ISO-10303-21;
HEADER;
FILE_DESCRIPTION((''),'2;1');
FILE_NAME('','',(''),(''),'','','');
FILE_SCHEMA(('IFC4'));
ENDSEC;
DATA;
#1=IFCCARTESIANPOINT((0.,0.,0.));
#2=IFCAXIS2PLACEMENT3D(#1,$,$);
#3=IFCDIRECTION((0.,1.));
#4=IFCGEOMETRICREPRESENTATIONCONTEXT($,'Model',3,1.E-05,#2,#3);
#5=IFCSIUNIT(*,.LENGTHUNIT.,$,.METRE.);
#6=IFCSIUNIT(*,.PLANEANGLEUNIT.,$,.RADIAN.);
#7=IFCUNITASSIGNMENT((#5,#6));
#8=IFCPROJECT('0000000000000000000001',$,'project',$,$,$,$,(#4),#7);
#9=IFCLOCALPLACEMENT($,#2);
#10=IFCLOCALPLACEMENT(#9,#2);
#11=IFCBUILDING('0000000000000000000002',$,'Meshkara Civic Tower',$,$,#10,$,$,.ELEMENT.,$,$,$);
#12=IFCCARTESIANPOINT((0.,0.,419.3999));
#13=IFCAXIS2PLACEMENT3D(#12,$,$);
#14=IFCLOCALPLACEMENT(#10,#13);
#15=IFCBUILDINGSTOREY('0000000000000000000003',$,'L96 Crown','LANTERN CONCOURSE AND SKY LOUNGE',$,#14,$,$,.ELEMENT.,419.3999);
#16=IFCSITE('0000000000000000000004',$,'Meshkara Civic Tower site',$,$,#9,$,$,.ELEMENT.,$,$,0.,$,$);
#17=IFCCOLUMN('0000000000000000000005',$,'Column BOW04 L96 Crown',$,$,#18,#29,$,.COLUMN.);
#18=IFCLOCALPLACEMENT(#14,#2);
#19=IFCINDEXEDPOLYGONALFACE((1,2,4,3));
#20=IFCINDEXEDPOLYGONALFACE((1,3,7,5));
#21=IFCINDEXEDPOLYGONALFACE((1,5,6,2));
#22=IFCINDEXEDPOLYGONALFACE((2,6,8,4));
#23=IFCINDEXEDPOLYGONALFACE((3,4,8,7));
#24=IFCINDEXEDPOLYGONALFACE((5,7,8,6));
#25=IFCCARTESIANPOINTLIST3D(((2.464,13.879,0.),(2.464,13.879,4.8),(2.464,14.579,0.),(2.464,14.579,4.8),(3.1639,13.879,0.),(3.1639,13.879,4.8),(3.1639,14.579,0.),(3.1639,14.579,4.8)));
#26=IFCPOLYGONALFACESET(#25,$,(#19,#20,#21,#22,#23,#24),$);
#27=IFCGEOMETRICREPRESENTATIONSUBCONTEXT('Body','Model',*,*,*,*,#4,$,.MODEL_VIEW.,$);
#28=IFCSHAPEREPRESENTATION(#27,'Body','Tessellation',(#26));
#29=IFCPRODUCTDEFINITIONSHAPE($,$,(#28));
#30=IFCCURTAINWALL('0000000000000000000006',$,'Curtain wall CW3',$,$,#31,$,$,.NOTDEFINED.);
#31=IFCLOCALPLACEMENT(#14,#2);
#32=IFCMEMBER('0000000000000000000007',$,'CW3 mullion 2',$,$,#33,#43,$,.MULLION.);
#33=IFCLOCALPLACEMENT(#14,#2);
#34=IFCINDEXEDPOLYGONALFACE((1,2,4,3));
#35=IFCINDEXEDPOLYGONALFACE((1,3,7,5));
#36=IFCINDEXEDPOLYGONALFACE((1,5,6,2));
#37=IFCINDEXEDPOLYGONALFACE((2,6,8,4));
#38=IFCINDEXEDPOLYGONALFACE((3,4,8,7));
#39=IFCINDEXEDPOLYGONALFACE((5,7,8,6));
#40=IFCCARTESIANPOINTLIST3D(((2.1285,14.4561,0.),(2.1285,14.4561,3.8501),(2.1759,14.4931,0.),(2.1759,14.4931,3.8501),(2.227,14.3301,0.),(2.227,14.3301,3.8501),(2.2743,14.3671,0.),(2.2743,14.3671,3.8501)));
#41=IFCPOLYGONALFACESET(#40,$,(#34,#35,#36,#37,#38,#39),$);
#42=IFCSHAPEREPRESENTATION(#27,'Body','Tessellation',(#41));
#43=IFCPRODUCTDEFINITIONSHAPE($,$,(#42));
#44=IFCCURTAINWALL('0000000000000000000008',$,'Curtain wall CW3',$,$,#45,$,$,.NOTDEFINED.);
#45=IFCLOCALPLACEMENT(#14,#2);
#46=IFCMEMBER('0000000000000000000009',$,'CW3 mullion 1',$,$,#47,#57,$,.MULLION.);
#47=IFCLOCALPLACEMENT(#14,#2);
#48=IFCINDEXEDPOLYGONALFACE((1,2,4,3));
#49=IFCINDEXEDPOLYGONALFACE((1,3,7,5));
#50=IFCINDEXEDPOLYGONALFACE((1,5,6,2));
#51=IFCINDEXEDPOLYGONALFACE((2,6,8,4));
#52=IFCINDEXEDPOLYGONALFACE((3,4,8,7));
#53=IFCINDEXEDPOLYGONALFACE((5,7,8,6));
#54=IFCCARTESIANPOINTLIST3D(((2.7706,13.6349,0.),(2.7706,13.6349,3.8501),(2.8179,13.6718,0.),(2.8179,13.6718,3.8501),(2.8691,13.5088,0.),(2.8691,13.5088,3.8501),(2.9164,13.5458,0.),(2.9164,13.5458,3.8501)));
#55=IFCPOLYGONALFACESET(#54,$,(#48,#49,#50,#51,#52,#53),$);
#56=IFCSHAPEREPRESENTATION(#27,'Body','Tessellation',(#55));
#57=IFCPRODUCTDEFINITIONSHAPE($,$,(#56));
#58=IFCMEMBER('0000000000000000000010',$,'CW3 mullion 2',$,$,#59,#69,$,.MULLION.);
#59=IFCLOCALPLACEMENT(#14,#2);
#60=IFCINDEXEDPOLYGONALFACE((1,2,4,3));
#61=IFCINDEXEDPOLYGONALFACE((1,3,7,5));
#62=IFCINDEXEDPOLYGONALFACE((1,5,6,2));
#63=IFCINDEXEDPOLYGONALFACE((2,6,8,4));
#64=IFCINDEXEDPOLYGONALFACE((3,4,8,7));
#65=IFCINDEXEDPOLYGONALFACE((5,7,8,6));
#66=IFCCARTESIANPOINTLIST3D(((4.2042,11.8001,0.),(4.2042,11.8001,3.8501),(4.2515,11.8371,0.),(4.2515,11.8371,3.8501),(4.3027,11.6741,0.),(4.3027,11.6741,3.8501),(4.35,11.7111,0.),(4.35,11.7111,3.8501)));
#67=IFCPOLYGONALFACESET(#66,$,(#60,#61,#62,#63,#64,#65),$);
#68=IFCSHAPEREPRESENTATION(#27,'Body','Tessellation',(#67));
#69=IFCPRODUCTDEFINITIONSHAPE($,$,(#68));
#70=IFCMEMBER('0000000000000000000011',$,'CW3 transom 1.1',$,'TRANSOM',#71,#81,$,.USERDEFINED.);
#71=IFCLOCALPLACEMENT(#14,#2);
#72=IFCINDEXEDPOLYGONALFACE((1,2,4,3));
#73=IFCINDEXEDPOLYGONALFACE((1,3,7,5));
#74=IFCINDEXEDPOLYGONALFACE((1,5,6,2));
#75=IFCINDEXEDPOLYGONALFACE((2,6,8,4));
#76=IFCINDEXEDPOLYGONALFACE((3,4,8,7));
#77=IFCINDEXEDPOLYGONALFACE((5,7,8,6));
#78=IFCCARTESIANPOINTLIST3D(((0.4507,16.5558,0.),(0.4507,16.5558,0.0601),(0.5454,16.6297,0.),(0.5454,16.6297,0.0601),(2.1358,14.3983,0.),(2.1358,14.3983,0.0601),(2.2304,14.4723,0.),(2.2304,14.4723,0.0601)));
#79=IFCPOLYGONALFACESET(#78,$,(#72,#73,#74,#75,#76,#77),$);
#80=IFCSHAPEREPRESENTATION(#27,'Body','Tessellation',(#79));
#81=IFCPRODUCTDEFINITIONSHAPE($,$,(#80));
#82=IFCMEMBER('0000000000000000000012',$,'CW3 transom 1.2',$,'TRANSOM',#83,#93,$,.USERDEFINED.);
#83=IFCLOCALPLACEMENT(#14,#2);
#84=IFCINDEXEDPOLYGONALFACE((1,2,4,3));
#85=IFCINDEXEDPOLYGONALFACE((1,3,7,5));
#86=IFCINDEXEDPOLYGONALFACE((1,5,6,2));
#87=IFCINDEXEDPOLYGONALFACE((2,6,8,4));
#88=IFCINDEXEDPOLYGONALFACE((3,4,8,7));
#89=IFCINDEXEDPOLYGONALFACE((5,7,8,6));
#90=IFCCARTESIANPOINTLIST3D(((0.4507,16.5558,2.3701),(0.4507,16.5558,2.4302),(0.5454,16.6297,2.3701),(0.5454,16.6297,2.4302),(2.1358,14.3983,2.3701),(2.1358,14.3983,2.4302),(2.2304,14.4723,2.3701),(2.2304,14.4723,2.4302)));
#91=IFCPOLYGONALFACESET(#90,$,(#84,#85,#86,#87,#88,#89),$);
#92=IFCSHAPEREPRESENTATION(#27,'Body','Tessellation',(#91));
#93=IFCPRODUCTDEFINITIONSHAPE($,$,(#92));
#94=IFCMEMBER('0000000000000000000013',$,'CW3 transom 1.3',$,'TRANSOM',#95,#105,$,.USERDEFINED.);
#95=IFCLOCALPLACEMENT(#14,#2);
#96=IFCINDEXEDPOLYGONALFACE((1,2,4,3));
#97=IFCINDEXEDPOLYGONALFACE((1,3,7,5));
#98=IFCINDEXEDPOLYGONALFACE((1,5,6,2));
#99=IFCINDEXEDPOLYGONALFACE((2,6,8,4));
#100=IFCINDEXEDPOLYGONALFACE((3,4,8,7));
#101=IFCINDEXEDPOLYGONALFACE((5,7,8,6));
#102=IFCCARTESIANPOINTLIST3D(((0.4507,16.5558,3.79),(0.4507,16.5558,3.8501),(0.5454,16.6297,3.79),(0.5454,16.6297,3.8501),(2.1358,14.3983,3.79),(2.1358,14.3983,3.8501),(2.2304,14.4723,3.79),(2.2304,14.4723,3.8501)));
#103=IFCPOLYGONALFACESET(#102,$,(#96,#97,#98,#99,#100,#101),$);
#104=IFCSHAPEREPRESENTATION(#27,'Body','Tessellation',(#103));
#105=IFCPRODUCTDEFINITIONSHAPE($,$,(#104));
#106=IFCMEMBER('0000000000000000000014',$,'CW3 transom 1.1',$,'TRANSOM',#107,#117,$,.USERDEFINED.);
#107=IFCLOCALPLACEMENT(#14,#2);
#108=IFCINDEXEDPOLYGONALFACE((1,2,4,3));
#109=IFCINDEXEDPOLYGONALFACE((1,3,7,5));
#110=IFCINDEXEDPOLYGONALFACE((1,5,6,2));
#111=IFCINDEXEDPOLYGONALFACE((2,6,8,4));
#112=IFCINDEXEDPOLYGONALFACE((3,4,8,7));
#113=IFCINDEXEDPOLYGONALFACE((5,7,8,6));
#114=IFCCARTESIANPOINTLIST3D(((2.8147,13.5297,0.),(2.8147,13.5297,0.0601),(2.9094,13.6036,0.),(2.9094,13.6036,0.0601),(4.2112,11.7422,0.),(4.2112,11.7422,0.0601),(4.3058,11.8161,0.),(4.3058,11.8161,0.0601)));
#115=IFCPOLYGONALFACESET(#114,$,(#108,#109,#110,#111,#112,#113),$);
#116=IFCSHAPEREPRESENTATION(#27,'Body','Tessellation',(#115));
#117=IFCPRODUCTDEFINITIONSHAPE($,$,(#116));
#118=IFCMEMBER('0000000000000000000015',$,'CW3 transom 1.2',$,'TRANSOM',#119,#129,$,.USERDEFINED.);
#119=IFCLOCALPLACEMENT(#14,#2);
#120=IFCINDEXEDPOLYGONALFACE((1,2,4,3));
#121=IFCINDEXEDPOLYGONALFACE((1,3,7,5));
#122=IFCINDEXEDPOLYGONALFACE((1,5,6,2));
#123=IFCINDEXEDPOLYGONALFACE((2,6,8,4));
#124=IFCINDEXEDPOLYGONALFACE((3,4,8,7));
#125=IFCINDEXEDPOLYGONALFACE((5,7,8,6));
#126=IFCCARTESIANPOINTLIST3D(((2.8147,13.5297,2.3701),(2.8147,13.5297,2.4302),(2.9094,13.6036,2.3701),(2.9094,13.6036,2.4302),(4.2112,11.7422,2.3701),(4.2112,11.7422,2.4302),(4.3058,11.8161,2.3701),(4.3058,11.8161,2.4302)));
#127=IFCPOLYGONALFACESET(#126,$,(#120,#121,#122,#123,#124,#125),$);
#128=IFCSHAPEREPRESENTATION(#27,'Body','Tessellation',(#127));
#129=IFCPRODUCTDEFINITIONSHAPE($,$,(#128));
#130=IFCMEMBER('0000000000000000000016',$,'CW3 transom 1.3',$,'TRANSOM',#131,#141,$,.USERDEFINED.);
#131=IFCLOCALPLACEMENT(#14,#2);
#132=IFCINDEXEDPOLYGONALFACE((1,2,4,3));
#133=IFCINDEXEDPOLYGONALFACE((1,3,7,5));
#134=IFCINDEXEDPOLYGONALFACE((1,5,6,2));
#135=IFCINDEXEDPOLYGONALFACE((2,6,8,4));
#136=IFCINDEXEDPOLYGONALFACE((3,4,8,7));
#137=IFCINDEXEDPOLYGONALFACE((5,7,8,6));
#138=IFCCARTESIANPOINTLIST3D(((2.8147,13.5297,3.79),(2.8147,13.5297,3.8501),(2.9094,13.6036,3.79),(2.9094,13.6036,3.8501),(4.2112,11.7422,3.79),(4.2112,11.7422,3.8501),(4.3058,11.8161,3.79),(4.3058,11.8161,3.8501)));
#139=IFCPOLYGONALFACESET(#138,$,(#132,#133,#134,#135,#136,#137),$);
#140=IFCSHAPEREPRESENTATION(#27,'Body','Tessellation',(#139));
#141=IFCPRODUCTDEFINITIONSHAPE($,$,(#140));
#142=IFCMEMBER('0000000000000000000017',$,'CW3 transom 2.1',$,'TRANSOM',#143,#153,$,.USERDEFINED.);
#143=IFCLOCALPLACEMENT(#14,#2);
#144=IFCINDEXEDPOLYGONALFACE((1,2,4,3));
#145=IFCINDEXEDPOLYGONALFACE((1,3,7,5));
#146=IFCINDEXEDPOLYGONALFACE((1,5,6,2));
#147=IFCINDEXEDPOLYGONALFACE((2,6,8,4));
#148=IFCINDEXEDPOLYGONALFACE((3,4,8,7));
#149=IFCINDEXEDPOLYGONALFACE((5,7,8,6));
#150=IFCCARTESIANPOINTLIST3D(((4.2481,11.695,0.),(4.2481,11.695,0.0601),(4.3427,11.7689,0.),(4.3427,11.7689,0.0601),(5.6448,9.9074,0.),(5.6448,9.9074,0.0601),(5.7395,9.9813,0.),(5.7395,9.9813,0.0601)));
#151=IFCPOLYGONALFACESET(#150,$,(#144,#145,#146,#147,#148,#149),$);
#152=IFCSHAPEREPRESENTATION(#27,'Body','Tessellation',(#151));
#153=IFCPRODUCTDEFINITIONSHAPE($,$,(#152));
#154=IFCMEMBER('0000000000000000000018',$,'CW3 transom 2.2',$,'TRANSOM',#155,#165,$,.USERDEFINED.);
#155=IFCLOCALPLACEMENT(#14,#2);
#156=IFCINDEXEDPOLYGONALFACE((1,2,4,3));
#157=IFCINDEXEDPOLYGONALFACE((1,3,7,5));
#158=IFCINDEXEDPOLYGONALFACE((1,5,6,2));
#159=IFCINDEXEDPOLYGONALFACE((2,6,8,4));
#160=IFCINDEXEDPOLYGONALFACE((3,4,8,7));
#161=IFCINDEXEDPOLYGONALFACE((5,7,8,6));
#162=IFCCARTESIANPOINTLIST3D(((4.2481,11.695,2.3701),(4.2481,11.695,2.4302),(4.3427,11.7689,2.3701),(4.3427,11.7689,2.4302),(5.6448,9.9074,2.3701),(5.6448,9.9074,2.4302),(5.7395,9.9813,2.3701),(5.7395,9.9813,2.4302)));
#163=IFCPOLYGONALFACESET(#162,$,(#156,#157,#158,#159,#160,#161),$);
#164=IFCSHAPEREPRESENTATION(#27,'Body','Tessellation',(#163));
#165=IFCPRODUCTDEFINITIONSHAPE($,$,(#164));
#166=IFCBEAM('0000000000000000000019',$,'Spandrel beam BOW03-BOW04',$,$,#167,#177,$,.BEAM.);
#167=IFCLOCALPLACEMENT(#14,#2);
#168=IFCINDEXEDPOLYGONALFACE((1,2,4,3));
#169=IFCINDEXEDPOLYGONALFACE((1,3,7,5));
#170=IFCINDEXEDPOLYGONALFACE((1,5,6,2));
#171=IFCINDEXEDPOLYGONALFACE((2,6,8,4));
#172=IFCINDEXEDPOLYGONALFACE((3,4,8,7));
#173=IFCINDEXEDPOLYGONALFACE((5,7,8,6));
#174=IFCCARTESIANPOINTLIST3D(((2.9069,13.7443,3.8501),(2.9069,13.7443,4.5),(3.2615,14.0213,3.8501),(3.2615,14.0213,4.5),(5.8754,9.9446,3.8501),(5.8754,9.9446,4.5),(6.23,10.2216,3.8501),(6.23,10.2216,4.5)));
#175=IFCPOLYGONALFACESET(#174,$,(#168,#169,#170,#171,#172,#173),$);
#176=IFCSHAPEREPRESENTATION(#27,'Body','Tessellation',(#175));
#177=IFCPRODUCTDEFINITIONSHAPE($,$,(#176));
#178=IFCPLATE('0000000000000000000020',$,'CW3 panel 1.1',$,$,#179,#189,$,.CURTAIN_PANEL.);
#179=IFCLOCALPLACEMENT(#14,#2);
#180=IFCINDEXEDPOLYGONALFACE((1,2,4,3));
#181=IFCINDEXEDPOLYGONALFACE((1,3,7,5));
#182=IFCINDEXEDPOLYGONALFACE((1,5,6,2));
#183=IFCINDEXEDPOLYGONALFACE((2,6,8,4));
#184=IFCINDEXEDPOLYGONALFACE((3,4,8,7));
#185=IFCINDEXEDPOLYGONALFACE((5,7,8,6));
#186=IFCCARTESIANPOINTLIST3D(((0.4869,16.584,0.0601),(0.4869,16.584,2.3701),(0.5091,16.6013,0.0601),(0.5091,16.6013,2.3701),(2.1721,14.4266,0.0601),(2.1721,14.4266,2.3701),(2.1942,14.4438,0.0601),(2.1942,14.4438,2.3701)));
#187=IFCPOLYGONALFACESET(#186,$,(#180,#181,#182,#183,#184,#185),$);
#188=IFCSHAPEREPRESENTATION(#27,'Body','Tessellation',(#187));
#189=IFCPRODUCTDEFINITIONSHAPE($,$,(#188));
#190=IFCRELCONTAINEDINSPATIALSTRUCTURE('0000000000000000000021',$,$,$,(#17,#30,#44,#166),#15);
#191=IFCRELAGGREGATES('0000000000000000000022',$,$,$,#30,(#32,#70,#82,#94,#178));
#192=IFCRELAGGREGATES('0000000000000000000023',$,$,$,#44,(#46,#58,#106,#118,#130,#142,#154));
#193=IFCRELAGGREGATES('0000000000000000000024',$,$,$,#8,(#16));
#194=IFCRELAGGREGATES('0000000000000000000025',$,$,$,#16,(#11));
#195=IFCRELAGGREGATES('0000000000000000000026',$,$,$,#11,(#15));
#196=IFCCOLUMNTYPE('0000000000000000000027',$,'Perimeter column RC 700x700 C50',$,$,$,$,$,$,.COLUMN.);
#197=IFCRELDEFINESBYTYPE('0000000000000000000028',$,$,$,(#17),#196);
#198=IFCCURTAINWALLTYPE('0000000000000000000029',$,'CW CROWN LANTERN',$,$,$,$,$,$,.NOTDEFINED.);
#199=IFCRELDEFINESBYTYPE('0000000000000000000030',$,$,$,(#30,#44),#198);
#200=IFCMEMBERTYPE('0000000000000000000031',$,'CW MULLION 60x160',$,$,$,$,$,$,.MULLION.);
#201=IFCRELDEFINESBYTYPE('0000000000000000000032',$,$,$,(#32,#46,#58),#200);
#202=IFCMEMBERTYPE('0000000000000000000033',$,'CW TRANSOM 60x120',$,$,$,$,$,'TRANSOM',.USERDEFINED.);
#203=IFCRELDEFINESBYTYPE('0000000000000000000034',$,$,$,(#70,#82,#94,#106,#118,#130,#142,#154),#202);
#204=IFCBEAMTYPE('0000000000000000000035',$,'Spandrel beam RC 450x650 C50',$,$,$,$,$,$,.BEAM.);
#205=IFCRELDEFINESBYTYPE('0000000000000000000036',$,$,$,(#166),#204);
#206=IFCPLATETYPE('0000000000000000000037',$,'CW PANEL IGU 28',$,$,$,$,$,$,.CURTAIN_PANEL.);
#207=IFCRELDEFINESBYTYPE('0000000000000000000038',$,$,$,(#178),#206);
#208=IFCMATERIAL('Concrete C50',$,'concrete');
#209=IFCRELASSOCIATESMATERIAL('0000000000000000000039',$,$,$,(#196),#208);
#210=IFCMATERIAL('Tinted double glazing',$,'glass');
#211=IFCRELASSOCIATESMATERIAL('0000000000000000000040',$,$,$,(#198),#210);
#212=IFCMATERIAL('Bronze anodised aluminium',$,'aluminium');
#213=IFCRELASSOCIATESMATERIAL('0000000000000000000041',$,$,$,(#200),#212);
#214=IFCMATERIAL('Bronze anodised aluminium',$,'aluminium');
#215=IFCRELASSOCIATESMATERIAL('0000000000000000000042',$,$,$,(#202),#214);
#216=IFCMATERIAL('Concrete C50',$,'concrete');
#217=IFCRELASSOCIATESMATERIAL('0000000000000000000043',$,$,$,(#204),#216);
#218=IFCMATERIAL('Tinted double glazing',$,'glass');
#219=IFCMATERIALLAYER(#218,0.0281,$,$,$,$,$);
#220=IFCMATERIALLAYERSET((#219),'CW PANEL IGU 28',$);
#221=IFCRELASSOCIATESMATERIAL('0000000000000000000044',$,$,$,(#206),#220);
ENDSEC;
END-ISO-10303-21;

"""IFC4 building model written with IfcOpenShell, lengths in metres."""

from ifc_helpers import new_model, si_unit, direction, frame, origin, origin_2d, place, context, subcontext, project, spatial, rectangle, extrude, material, layer, layer_set, material_profile, profile_set, type_object, element, aggregate, save


model = new_model("IFC4")

# Units and contexts
model_context = context("Model", 3, precision=1e-05, world=origin(), true_north=direction((0.0, 1.0)))
body_context = subcontext(model_context, "Body", "Model", "MODEL_VIEW")
ifc_project = project(units=[si_unit("LENGTHUNIT", "METRE"), si_unit("PLANEANGLEUNIT", "RADIAN")], contexts=[model_context])

# Site, building, storey
site_placement = place(None, origin())
site = spatial("IfcSite", under=ifc_project, at=site_placement, Name="Meshkara Civic Tower site", CompositionType="ELEMENT", RefElevation=0.0)
building_placement = place(site_placement, origin())
building = spatial("IfcBuilding", under=site, at=building_placement, Name="Meshkara Civic Tower", CompositionType="ELEMENT")
storey_placement = place(building_placement, frame((0.0, 0.0, 419.3999)))
storey = spatial("IfcBuildingStorey", under=building, at=storey_placement, Name="L96 Crown", Description="LANTERN CONCOURSE AND SKY LOUNGE", CompositionType="ELEMENT", Elevation=419.3999)

# Column
ifc_material_1 = material(Name="Concrete C50", Category="concrete")
ifc_material_profile_1 = material_profile(ifc_material_1, rectangle(XDim=0.7, YDim=0.7, at=origin_2d()))
ifc_profile_set_1 = profile_set([ifc_material_profile_1], Name="Concrete C50")
column_type = type_object("IfcColumnType", Name="Perimeter column RC 700x700 C50", PredefinedType="COLUMN", material=ifc_profile_set_1)
column_placement = place(storey_placement, frame((2.814, 14.229, 0.0), z_axis=(0.0, 0.0, 1.0), x_axis=(1.0, 0.0, 0.0)))
element("IfcColumn", 1, at=column_placement, inside=storey, type_object=column_type, Name="Column BOW04 L96 Crown", PredefinedType="COLUMN", context=body_context, shape_type="SweptSolid", body=[
    extrude(rectangle(XDim=0.7, YDim=0.7, at=origin_2d()), origin(), (0.0, 0.0, 1.0), 4.8),
])

# Curtain wall, member
ifc_material_2 = material(Name="Tinted double glazing", Category="glass")
curtain_wall_type = type_object("IfcCurtainWallType", Name="CW CROWN LANTERN", PredefinedType="NOTDEFINED", material=ifc_material_2)
curtain_wall_1_placement = place(storey_placement, origin())
curtain_wall_1 = element("IfcCurtainWall", 2, at=curtain_wall_1_placement, inside=storey, type_object=curtain_wall_type, Name="Curtain wall CW3", PredefinedType="NOTDEFINED")
ifc_material_3 = material(Name="Bronze anodised aluminium", Category="aluminium")
ifc_material_profile_2 = material_profile(ifc_material_3, rectangle(XDim=0.0601, YDim=0.1599, at=origin_2d()))
ifc_profile_set_2 = profile_set([ifc_material_profile_2], Name="Bronze anodised aluminium")
member_type_1 = type_object("IfcMemberType", Name="CW MULLION 60x160", PredefinedType="MULLION", material=ifc_profile_set_2)
member_1_placement = place(storey_placement, frame((2.2014, 14.4116, 0.0), z_axis=(0.0, 0.0, 1.0), x_axis=(0.788088, 0.615563, 0.0)))
member_1 = element("IfcMember", 3, at=member_1_placement, type_object=member_type_1, Name="CW3 mullion 2", PredefinedType="MULLION", context=body_context, shape_type="SweptSolid", body=[
    extrude(rectangle(XDim=0.0601, YDim=0.1599, at=origin_2d()), origin(), (0.0, 0.0, 1.0), 3.8501),
])

# Curtain wall, members
curtain_wall_2_placement = place(storey_placement, origin())
curtain_wall_2 = element("IfcCurtainWall", 4, at=curtain_wall_2_placement, inside=storey, type_object=curtain_wall_type, Name="Curtain wall CW3", PredefinedType="NOTDEFINED")
member_2_placement = place(storey_placement, frame((2.8435, 13.5903, 0.0), z_axis=(0.0, 0.0, 1.0), x_axis=(0.788015, 0.615656, 0.0)))
member_2 = element("IfcMember", 5, at=member_2_placement, type_object=member_type_1, Name="CW3 mullion 1", PredefinedType="MULLION", context=body_context, shape_type="SweptSolid", body=[
    extrude(rectangle(XDim=0.0601, YDim=0.1599, at=origin_2d()), origin(), (0.0, 0.0, 1.0), 3.8501),
])
member_3_placement = place(storey_placement, frame((4.2771, 11.7556, 0.0), z_axis=(0.0, 0.0, 1.0), x_axis=(0.788015, 0.615656, 0.0)))
member_3 = element("IfcMember", 6, at=member_3_placement, type_object=member_type_1, Name="CW3 mullion 2", PredefinedType="MULLION", context=body_context, shape_type="SweptSolid", body=[
    extrude(rectangle(XDim=0.0601, YDim=0.1599, at=origin_2d()), origin(), (0.0, 0.0, 1.0), 3.8501),
])

# Members
ifc_material_4 = material(Name="Bronze anodised aluminium", Category="aluminium")
ifc_material_profile_3 = material_profile(ifc_material_4, rectangle(XDim=0.1201, YDim=0.0601, at=origin_2d()))
ifc_profile_set_3 = profile_set([ifc_material_profile_3], Name="Bronze anodised aluminium")
member_type_2 = type_object("IfcMemberType", Name="CW TRANSOM 60x120", ElementType="TRANSOM", PredefinedType="USERDEFINED", material=ifc_profile_set_3)
member_4_placement = place(storey_placement, frame((0.498, 16.5928, 0.03), z_axis=(0.615538, -0.788107, 0.0), x_axis=(0.788107, 0.615538, 0.0)))
member_4 = element("IfcMember", 7, at=member_4_placement, type_object=member_type_2, Name="CW3 transom 1.1", ObjectType="TRANSOM", PredefinedType="USERDEFINED", context=body_context, shape_type="SweptSolid", body=[
    extrude(rectangle(XDim=0.1201, YDim=0.0601, at=origin_2d()), origin(), (0.0, 0.0, 1.0), 2.7375),
])
member_5_placement = place(storey_placement, frame((0.498, 16.5928, 2.4001), z_axis=(0.615538, -0.788107, 0.0), x_axis=(0.788107, 0.615538, 0.0)))
member_5 = element("IfcMember", 8, at=member_5_placement, type_object=member_type_2, Name="CW3 transom 1.2", ObjectType="TRANSOM", PredefinedType="USERDEFINED", context=body_context, shape_type="SweptSolid", body=[
    extrude(rectangle(XDim=0.1201, YDim=0.0601, at=origin_2d()), origin(), (0.0, 0.0, 1.0), 2.7375),
])
member_6_placement = place(storey_placement, frame((0.498, 16.5928, 3.8201), z_axis=(0.615538, -0.788107, 0.0), x_axis=(0.788107, 0.615538, 0.0)))
member_6 = element("IfcMember", 9, at=member_6_placement, type_object=member_type_2, Name="CW3 transom 1.3", ObjectType="TRANSOM", PredefinedType="USERDEFINED", context=body_context, shape_type="SweptSolid", body=[
    extrude(rectangle(XDim=0.1201, YDim=0.0601, at=origin_2d()), origin(), (0.0, 0.0, 1.0), 2.7375),
])
member_7_placement = place(storey_placement, frame((2.8621, 13.5667, 0.03), z_axis=(0.615623, -0.788041, 0.0), x_axis=(0.788041, 0.615623, 0.0)))
member_7 = element("IfcMember", 10, at=member_7_placement, type_object=member_type_2, Name="CW3 transom 1.1", ObjectType="TRANSOM", PredefinedType="USERDEFINED", context=body_context, shape_type="SweptSolid", body=[
    extrude(rectangle(XDim=0.1201, YDim=0.0601, at=origin_2d()), origin(), (0.0, 0.0, 1.0), 2.2683),
])
member_8_placement = place(storey_placement, frame((2.8621, 13.5667, 2.4001), z_axis=(0.615623, -0.788041, 0.0), x_axis=(0.788041, 0.615623, 0.0)))
member_8 = element("IfcMember", 11, at=member_8_placement, type_object=member_type_2, Name="CW3 transom 1.2", ObjectType="TRANSOM", PredefinedType="USERDEFINED", context=body_context, shape_type="SweptSolid", body=[
    extrude(rectangle(XDim=0.1201, YDim=0.0601, at=origin_2d()), origin(), (0.0, 0.0, 1.0), 2.2683),
])
member_9_placement = place(storey_placement, frame((2.8621, 13.5667, 3.8201), z_axis=(0.615623, -0.788041, 0.0), x_axis=(0.788041, 0.615623, 0.0)))
member_9 = element("IfcMember", 12, at=member_9_placement, type_object=member_type_2, Name="CW3 transom 1.3", ObjectType="TRANSOM", PredefinedType="USERDEFINED", context=body_context, shape_type="SweptSolid", body=[
    extrude(rectangle(XDim=0.1201, YDim=0.0601, at=origin_2d()), origin(), (0.0, 0.0, 1.0), 2.2683),
])
member_10_placement = place(storey_placement, frame((4.2954, 11.7319, 0.03), z_axis=(0.61569, -0.787988, 0.0), x_axis=(0.787988, 0.61569, 0.0)))
member_10 = element("IfcMember", 13, at=member_10_placement, type_object=member_type_2, Name="CW3 transom 2.1", ObjectType="TRANSOM", PredefinedType="USERDEFINED", context=body_context, shape_type="SweptSolid", body=[
    extrude(rectangle(XDim=0.1201, YDim=0.0601, at=origin_2d()), origin(), (0.0, 0.0, 1.0), 2.2686),
])
member_11_placement = place(storey_placement, frame((4.2954, 11.7319, 2.4001), z_axis=(0.61569, -0.787988, 0.0), x_axis=(0.787988, 0.61569, 0.0)))
member_11 = element("IfcMember", 14, at=member_11_placement, type_object=member_type_2, Name="CW3 transom 2.2", ObjectType="TRANSOM", PredefinedType="USERDEFINED", context=body_context, shape_type="SweptSolid", body=[
    extrude(rectangle(XDim=0.1201, YDim=0.0601, at=origin_2d()), origin(), (0.0, 0.0, 1.0), 2.2686),
])

# Beam
ifc_material_5 = material(Name="Concrete C50", Category="concrete")
ifc_material_profile_4 = material_profile(ifc_material_5, rectangle(XDim=0.45, YDim=0.6499, at=origin_2d()))
ifc_profile_set_4 = profile_set([ifc_material_profile_4], Name="Concrete C50")
beam_type = type_object("IfcBeamType", Name="Spandrel beam RC 450x650 C50", PredefinedType="BEAM", material=ifc_profile_set_4)
beam_placement = place(storey_placement, frame((3.0842, 13.8828, 4.175), z_axis=(0.615632, -0.788034, 0.0), x_axis=(0.788034, 0.615632, 0.0)))
element("IfcBeam", 15, at=beam_placement, inside=storey, type_object=beam_type, Name="Spandrel beam BOW03-BOW04", PredefinedType="BEAM", context=body_context, shape_type="SweptSolid", body=[
    extrude(rectangle(XDim=0.45, YDim=0.6499, at=origin_2d()), origin(), (0.0, 0.0, 1.0), 4.8218),
])

# Plate
ifc_material_6 = material(Name="Tinted double glazing", Category="glass")
ifc_layer_1 = layer(ifc_material_6, 0.0281)
ifc_layer_set_1 = layer_set([ifc_layer_1], Name="CW PANEL IGU 28")
plate_type = type_object("IfcPlateType", Name="CW PANEL IGU 28", PredefinedType="CURTAIN_PANEL", material=ifc_layer_set_1)
plate_1_placement = place(storey_placement, frame((1.3406, 15.5139, 0.0601), z_axis=(0.0, 0.0, 1.0), x_axis=(0.615563, -0.788088, 0.0)))
plate_1 = element("IfcPlate", 16, at=plate_1_placement, type_object=plate_type, Name="CW3 panel 1.1", PredefinedType="CURTAIN_PANEL", context=body_context, shape_type="SweptSolid", body=[
    extrude(rectangle(XDim=2.7375, YDim=0.0281, at=origin_2d()), origin(), (0.0, 0.0, 1.0), 2.3101),
])
aggregate(curtain_wall_1, [member_1, member_4, member_5, member_6, plate_1])
aggregate(curtain_wall_2, [member_2, member_3, member_7, member_8, member_9, member_10, member_11])

save(model, "model.ifc")
